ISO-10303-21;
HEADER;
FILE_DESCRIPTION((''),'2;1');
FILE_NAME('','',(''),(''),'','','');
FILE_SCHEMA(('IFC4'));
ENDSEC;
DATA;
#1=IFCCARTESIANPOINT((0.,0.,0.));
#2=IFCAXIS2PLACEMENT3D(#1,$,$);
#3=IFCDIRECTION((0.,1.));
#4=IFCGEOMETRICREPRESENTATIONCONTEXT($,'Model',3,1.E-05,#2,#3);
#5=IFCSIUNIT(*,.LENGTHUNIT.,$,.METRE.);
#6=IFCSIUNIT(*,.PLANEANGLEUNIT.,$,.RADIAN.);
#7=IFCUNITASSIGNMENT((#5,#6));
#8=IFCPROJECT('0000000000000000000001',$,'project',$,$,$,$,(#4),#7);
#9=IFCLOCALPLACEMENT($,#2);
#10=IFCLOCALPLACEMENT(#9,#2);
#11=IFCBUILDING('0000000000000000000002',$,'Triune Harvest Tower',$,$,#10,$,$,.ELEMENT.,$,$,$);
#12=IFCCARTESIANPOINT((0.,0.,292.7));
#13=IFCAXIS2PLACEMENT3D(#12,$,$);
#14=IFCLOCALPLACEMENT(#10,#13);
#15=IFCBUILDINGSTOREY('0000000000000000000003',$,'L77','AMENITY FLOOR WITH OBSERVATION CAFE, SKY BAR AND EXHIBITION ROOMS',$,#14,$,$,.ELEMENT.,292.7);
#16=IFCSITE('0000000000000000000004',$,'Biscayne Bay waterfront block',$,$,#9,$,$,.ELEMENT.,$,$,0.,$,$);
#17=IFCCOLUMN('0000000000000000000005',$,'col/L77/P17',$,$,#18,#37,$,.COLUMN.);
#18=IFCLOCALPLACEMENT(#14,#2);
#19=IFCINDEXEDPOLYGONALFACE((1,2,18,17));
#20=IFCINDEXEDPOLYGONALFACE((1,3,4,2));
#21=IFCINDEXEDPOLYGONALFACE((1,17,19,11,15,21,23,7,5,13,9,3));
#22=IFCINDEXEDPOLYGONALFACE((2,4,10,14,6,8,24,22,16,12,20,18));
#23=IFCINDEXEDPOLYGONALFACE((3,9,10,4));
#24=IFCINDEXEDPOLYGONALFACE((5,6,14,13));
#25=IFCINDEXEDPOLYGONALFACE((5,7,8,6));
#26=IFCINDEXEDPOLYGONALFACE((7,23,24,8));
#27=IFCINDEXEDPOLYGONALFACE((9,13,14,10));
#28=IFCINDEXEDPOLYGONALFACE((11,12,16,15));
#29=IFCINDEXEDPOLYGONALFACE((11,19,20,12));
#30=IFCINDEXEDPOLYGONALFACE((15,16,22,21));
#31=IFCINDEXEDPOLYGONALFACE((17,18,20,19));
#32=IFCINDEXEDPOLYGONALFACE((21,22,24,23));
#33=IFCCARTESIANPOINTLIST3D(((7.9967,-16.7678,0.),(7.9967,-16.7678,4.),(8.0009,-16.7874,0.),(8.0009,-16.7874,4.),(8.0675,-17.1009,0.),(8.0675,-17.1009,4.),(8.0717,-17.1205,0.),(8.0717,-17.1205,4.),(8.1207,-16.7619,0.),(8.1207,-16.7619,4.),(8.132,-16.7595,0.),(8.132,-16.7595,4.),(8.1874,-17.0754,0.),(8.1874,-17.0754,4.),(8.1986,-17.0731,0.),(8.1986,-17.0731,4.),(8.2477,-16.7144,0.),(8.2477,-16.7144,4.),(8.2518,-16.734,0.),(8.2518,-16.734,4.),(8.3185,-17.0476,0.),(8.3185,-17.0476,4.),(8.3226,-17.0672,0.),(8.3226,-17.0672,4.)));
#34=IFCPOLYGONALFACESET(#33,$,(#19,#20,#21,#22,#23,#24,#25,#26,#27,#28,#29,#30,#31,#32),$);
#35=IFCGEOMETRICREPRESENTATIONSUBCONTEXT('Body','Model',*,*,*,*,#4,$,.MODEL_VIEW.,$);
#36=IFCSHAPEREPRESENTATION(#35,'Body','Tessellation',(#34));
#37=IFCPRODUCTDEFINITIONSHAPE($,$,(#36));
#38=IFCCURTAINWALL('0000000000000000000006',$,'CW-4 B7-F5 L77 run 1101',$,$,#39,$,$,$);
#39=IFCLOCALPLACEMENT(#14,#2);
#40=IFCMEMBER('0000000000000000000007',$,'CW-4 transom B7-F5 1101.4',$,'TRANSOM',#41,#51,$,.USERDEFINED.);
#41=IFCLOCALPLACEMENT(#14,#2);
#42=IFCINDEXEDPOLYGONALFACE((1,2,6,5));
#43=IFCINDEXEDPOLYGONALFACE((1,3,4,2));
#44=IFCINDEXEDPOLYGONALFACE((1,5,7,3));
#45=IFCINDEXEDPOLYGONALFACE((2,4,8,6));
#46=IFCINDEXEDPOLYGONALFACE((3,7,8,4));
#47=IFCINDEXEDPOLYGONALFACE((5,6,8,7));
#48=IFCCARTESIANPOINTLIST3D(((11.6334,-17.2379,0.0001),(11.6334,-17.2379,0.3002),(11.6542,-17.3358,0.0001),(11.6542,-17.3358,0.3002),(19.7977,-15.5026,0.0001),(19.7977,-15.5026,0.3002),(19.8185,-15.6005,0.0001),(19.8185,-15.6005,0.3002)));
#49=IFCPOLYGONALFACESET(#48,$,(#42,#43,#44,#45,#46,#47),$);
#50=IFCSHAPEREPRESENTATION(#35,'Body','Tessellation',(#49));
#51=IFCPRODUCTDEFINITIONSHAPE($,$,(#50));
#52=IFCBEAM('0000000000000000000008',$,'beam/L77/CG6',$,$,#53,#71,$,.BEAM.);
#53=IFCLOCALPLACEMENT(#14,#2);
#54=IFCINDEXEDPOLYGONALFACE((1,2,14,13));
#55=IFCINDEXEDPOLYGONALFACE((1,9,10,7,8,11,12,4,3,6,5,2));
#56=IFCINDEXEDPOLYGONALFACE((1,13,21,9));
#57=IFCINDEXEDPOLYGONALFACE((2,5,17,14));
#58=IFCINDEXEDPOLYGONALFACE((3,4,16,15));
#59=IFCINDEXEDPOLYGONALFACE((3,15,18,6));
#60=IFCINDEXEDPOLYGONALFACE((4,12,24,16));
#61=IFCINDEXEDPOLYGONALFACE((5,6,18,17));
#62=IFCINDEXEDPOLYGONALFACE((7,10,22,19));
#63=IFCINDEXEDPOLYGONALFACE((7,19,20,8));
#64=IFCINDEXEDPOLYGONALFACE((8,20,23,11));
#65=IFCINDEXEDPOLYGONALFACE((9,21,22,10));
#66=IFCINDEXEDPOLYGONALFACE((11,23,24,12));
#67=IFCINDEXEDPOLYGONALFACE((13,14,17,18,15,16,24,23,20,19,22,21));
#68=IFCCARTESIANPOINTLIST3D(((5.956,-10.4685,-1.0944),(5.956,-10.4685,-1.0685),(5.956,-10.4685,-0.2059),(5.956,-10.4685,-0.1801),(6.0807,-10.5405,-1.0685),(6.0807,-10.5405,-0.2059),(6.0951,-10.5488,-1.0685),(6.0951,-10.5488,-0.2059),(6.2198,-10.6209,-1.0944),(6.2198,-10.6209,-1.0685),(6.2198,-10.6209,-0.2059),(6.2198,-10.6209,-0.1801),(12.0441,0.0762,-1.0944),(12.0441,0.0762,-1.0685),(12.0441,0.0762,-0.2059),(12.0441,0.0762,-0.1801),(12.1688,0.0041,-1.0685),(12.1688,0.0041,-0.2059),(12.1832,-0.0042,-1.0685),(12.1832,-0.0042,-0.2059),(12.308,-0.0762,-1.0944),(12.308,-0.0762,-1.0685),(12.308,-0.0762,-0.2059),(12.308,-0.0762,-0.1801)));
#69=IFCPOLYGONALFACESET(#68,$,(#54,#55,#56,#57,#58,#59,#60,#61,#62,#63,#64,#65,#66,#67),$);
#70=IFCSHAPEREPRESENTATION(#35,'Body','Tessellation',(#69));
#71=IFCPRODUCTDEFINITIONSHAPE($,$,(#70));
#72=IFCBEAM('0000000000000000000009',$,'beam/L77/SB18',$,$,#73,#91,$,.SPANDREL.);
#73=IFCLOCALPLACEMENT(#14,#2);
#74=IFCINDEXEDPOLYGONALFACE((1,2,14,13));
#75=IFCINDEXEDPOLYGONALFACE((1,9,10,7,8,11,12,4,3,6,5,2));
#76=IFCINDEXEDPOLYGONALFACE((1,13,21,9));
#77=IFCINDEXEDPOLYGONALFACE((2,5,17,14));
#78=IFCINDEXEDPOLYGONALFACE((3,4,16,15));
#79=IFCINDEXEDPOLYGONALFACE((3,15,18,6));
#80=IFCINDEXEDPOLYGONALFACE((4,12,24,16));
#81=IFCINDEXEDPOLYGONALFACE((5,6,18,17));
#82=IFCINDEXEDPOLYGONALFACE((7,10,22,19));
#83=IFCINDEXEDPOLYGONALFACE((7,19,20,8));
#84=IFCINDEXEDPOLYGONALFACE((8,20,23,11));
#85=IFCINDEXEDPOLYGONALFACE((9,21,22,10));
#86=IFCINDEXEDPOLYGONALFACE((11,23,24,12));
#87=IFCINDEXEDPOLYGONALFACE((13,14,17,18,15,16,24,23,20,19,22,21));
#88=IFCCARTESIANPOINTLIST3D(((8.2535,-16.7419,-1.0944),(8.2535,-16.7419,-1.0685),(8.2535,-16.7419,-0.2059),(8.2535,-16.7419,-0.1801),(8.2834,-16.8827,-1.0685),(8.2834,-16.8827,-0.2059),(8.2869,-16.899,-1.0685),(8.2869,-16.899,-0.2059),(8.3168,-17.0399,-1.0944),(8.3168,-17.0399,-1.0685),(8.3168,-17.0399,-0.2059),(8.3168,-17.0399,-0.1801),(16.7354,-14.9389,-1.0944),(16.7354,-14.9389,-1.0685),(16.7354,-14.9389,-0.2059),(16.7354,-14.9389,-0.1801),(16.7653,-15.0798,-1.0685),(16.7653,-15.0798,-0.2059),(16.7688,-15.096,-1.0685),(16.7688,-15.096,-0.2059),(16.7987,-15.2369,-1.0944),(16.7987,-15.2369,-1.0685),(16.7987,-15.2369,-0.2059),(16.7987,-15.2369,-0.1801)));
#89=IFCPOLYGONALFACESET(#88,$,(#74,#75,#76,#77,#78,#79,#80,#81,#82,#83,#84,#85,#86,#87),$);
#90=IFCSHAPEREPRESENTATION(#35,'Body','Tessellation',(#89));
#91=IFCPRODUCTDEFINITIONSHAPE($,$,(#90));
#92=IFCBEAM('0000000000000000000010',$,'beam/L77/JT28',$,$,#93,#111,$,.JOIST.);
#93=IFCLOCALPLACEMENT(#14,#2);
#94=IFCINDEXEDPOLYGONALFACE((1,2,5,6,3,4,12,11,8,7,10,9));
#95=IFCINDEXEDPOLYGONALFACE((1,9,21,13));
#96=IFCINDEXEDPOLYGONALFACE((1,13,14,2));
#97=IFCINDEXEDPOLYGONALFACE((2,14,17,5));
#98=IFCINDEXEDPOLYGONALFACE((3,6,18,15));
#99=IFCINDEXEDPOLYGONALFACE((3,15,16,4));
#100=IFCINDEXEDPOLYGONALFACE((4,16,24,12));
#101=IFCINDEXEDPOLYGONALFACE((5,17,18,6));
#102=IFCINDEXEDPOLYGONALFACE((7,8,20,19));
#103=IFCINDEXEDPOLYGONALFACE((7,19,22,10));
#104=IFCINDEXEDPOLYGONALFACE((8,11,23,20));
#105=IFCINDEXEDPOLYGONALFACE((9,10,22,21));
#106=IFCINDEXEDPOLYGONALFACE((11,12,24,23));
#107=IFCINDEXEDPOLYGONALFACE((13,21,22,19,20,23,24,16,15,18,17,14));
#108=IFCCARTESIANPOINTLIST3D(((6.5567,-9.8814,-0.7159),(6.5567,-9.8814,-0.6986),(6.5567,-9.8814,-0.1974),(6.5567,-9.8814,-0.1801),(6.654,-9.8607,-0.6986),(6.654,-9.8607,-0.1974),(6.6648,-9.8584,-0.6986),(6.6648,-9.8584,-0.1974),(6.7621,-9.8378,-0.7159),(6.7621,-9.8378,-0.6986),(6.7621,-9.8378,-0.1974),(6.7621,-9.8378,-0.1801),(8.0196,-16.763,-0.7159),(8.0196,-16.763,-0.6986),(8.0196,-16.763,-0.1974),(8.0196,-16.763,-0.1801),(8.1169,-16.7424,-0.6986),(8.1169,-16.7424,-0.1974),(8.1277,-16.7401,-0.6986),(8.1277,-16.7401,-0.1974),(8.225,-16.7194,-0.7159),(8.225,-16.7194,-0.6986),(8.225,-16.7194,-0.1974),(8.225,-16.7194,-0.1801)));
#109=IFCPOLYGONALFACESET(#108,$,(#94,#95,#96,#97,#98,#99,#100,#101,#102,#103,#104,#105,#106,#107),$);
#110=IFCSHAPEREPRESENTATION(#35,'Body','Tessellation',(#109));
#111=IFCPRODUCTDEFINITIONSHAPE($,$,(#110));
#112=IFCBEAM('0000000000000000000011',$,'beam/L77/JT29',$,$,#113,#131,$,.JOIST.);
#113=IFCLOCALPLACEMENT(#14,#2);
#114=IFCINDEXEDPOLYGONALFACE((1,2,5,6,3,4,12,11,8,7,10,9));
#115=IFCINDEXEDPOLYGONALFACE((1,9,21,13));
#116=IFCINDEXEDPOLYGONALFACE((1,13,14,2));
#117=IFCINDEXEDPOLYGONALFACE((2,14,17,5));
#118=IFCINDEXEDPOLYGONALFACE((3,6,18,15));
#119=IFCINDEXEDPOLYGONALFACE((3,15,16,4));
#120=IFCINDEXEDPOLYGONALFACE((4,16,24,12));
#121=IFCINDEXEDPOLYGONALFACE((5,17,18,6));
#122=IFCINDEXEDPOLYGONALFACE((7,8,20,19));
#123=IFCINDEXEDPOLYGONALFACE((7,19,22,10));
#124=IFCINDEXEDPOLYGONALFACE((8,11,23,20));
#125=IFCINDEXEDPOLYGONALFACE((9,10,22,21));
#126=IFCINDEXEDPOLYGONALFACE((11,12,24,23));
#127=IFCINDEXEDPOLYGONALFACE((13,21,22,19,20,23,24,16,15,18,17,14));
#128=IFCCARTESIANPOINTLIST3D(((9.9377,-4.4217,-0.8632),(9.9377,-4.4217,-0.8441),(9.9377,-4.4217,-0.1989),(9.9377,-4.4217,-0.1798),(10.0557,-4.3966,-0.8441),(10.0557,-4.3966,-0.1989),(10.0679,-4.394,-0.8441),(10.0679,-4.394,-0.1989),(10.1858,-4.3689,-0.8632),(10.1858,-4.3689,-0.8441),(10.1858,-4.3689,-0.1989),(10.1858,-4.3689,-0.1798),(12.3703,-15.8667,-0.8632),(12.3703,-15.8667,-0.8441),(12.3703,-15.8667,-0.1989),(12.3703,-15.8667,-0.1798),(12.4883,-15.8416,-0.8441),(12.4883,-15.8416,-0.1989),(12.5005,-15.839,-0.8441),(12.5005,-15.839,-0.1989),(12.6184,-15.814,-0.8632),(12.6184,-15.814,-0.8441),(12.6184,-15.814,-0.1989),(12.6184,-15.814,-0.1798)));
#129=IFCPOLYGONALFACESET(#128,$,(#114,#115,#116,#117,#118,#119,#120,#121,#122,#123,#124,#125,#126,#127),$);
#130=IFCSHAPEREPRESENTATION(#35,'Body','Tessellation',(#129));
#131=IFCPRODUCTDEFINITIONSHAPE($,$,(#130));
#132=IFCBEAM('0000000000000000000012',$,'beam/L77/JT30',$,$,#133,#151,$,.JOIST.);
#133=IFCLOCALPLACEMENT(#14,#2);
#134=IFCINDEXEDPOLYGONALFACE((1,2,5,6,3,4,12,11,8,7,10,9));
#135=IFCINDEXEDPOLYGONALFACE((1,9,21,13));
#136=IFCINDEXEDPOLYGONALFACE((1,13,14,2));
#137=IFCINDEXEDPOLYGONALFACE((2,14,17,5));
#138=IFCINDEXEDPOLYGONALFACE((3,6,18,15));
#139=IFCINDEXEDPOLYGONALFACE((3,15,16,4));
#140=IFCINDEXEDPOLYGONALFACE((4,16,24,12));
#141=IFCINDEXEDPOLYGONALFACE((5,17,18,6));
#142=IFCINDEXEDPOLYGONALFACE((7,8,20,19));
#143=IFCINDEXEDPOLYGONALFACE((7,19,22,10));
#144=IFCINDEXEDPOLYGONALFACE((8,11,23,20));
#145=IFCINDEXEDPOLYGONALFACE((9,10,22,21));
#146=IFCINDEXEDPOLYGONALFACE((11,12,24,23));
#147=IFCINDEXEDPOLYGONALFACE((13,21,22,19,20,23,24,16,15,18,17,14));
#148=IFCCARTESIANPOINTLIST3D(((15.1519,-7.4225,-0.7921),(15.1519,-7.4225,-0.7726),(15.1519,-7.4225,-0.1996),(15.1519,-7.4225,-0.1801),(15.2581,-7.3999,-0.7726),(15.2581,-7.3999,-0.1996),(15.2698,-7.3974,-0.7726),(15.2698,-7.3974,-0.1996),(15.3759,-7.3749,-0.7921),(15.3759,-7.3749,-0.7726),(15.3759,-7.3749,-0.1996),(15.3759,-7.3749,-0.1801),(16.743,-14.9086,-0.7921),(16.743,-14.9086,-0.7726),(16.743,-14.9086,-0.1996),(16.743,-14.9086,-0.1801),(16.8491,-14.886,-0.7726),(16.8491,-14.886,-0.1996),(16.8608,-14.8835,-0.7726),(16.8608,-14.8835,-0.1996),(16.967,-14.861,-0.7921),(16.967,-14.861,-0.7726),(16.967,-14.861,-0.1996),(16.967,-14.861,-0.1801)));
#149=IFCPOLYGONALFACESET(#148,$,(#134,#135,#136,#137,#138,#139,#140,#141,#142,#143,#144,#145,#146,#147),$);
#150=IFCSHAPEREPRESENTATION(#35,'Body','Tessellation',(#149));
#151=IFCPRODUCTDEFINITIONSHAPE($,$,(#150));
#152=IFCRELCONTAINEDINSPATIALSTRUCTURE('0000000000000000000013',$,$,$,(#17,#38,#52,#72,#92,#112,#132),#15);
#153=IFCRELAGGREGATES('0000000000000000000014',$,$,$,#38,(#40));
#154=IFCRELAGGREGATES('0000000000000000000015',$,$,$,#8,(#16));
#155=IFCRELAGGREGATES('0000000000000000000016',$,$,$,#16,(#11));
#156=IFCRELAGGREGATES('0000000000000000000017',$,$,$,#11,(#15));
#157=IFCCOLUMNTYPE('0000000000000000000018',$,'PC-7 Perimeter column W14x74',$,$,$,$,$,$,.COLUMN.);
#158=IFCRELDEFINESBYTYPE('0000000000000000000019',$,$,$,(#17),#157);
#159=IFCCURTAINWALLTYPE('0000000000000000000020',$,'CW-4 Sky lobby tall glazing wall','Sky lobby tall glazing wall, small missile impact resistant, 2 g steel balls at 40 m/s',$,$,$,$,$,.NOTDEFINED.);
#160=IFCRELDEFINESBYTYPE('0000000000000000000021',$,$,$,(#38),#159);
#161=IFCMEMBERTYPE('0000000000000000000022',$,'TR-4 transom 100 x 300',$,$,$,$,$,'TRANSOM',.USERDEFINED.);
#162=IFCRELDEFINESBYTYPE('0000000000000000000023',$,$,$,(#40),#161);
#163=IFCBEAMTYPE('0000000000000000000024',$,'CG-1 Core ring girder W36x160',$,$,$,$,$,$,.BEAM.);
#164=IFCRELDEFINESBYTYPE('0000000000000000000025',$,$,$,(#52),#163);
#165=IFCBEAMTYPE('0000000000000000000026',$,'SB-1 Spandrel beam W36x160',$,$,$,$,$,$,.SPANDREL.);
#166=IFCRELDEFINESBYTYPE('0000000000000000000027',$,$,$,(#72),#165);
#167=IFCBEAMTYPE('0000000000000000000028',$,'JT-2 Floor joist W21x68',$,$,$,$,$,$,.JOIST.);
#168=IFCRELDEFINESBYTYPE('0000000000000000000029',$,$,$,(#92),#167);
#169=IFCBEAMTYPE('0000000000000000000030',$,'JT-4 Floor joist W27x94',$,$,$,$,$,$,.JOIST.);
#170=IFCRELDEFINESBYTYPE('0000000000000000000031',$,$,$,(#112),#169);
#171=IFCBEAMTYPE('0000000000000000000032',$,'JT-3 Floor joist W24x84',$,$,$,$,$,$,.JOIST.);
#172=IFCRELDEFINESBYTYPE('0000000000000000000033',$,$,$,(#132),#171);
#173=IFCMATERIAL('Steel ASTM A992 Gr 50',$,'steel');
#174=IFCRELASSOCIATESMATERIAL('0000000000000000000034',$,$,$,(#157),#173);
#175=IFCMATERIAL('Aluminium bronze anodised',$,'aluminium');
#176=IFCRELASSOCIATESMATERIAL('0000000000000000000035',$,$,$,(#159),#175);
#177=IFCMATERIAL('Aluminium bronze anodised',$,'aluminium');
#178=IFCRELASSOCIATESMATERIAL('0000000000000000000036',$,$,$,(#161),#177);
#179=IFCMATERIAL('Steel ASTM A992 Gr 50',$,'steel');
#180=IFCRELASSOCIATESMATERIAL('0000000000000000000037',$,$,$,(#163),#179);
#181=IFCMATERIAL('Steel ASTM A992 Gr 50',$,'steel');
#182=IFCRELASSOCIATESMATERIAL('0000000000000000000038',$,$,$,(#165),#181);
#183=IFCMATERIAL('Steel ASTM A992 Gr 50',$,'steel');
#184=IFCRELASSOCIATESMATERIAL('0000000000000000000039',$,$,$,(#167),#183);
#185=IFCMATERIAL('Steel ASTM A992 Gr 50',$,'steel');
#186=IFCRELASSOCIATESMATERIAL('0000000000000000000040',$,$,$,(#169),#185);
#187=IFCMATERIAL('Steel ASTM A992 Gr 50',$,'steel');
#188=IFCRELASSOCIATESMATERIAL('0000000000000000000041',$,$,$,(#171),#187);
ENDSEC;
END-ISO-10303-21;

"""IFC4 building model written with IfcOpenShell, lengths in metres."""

from ifc_helpers import new_model, si_unit, direction, frame, origin, origin_2d, place, context, subcontext, project, spatial, rectangle, i_section, extrude, source, transform, mapped, material, material_profile, profile_set, type_object, element, aggregate, save


model = new_model("IFC4")

# Units and contexts
model_context = context("Model", 3, precision=1e-05, world=origin(), true_north=direction((0.0, 1.0)))
body_context = subcontext(model_context, "Body", "Model", "MODEL_VIEW")
ifc_project = project(units=[si_unit("LENGTHUNIT", "METRE"), si_unit("PLANEANGLEUNIT", "RADIAN")], contexts=[model_context])

# Site, building, storey
site_placement = place(None, origin())
site = spatial("IfcSite", under=ifc_project, at=site_placement, Name="Biscayne Bay waterfront block", CompositionType="ELEMENT", RefElevation=0.0)
building_placement = place(site_placement, origin())
building = spatial("IfcBuilding", under=site, at=building_placement, Name="Triune Harvest Tower", CompositionType="ELEMENT")
storey_placement = place(building_placement, frame((0.0, 0.0, 292.7)))
storey = spatial("IfcBuildingStorey", under=building, at=storey_placement, Name="L77", Description="AMENITY FLOOR WITH OBSERVATION CAFE, SKY BAR AND EXHIBITION ROOMS", CompositionType="ELEMENT", Elevation=292.7)

# Column
ifc_material_1 = material(Name="Steel ASTM A992 Gr 50", Category="steel")
ifc_material_profile_1 = material_profile(ifc_material_1, i_section(OverallWidth=0.2566, OverallDepth=0.3606, WebThickness=0.0115, FlangeThickness=0.02, at=origin_2d()), Name="W14x74")
ifc_profile_set_1 = profile_set([ifc_material_profile_1], Name="Steel ASTM A992 Gr 50")
column_type = type_object("IfcColumnType", Name="PC-7 Perimeter column W14x74", PredefinedType="COLUMN", material=ifc_profile_set_1)
shared_shape_1 = source(origin(), body_context, "Body", "SweptSolid", [
    extrude(i_section(OverallWidth=0.2566, OverallDepth=0.3606, WebThickness=0.0115, FlangeThickness=0.02, at=origin_2d()), origin(), (0.0, 0.0, 1.0), 4.0),
])
column_placement = place(storey_placement, frame((8.1597, -16.9175, 0.0), z_axis=(0.0, 0.0, 1.0), x_axis=(0.978147, 0.207913, 0.0)))
element("IfcColumn", 1, at=column_placement, inside=storey, type_object=column_type, Name="col/L77/P17", PredefinedType="COLUMN", context=body_context, shape_type="MappedRepresentation", body=[
    mapped(shared_shape_1, transform((0.0, 0.0, 0.0), scale=1.0)),
])

# Curtain wall, member
ifc_material_2 = material(Name="Aluminium bronze anodised", Category="aluminium")
curtain_wall_type = type_object("IfcCurtainWallType", Name="CW-4 Sky lobby tall glazing wall", Description="Sky lobby tall glazing wall, small missile impact resistant, 2 g steel balls at 40 m/s", PredefinedType="NOTDEFINED", material=ifc_material_2)
curtain_wall_placement = place(storey_placement, origin())
curtain_wall = element("IfcCurtainWall", 2, at=curtain_wall_placement, inside=storey, type_object=curtain_wall_type, Name="CW-4 B7-F5 L77 run 1101")
ifc_material_3 = material(Name="Aluminium bronze anodised", Category="aluminium")
ifc_material_profile_2 = material_profile(ifc_material_3, rectangle(XDim=0.1001, YDim=0.3, at=origin_2d()), Name="TR-4 transom 100 x 300")
ifc_profile_set_2 = profile_set([ifc_material_profile_2], Name="Aluminium bronze anodised")
member_type_1 = type_object("IfcMemberType", Name="TR-4 transom 100 x 300", ElementType="TRANSOM", PredefinedType="USERDEFINED", material=ifc_profile_set_2)
member_1_placement = place(storey_placement, frame((11.6438, -17.2869, 0.1501), z_axis=(0.978148, 0.207909, 0.0), x_axis=(-0.207909, 0.978148, 0.0)))
member_1 = element("IfcMember", 3, at=member_1_placement, type_object=member_type_1, Name="CW-4 transom B7-F5 1101.4", ObjectType="TRANSOM", PredefinedType="USERDEFINED", context=body_context, shape_type="SweptSolid", body=[
    extrude(rectangle(XDim=0.1001, YDim=0.3, at=origin_2d()), origin(), (0.0, 0.0, 1.0), 8.3467),
])

# Beams
ifc_material_4 = material(Name="Steel ASTM A992 Gr 50", Category="steel")
ifc_material_profile_3 = material_profile(ifc_material_4, i_section(OverallWidth=0.3047, OverallDepth=0.9143, WebThickness=0.0166, FlangeThickness=0.0259, at=origin_2d()), Name="W36x160")
ifc_profile_set_3 = profile_set([ifc_material_profile_3], Name="Steel ASTM A992 Gr 50")
beam_type_1 = type_object("IfcBeamType", Name="CG-1 Core ring girder W36x160", PredefinedType="BEAM", material=ifc_profile_set_3)
shared_shape_2 = source(origin(), body_context, "Body", "SweptSolid", [
    extrude(i_section(OverallWidth=0.3047, OverallDepth=0.9143, WebThickness=0.0166, FlangeThickness=0.0259, at=origin_2d()), origin(), (0.0, 0.0, 1.0), 12.176),
])
beam_1_placement = place(storey_placement, frame((6.0879, -10.5447, -0.6372), z_axis=(0.50001, 0.86602, 0.0), x_axis=(-0.86602, 0.50001, 0.0)))
element("IfcBeam", 4, at=beam_1_placement, inside=storey, type_object=beam_type_1, Name="beam/L77/CG6", PredefinedType="BEAM", context=body_context, shape_type="MappedRepresentation", body=[
    mapped(shared_shape_2, transform((0.0, 0.0, 0.0), scale=1.0)),
])
ifc_material_5 = material(Name="Steel ASTM A992 Gr 50", Category="steel")
ifc_material_profile_4 = material_profile(ifc_material_5, i_section(OverallWidth=0.3047, OverallDepth=0.9143, WebThickness=0.0166, FlangeThickness=0.0259, at=origin_2d()), Name="W36x160")
ifc_profile_set_4 = profile_set([ifc_material_profile_4], Name="Steel ASTM A992 Gr 50")
beam_type_2 = type_object("IfcBeamType", Name="SB-1 Spandrel beam W36x160", PredefinedType="SPANDREL", material=ifc_profile_set_4)
shared_shape_3 = source(origin(), body_context, "Body", "SweptSolid", [
    extrude(i_section(OverallWidth=0.3047, OverallDepth=0.9143, WebThickness=0.0166, FlangeThickness=0.0259, at=origin_2d()), origin(), (0.0, 0.0, 1.0), 8.6714),
])
beam_2_placement = place(storey_placement, frame((8.2852, -16.8909, -0.6372), z_axis=(0.978146, 0.207921, 0.0), x_axis=(-0.207921, 0.978146, 0.0)))
element("IfcBeam", 5, at=beam_2_placement, inside=storey, type_object=beam_type_2, Name="beam/L77/SB18", PredefinedType="SPANDREL", context=body_context, shape_type="MappedRepresentation", body=[
    mapped(shared_shape_3, transform((0.0, 0.0, 0.0), scale=1.0)),
])
ifc_material_6 = material(Name="Steel ASTM A992 Gr 50", Category="steel")
ifc_material_profile_5 = material_profile(ifc_material_6, i_section(OverallWidth=0.21, OverallDepth=0.5359, WebThickness=0.011, FlangeThickness=0.0173, at=origin_2d()), Name="W21x68")
ifc_profile_set_5 = profile_set([ifc_material_profile_5], Name="Steel ASTM A992 Gr 50")
beam_type_3 = type_object("IfcBeamType", Name="JT-2 Floor joist W21x68", PredefinedType="JOIST", material=ifc_profile_set_5)
shared_shape_4 = source(origin(), body_context, "Body", "SweptSolid", [
    extrude(i_section(OverallWidth=0.21, OverallDepth=0.5359, WebThickness=0.011, FlangeThickness=0.0173, at=origin_2d()), origin(), (0.0, 0.0, 1.0), 7.0354),
])
beam_3_placement = place(storey_placement, frame((8.1223, -16.7412, -0.448), z_axis=(-0.207934, 0.978143, 0.0), x_axis=(-0.978143, -0.207934, 0.0)))
element("IfcBeam", 6, at=beam_3_placement, inside=storey, type_object=beam_type_3, Name="beam/L77/JT28", PredefinedType="JOIST", context=body_context, shape_type="MappedRepresentation", body=[
    mapped(shared_shape_4, transform((0.0, 0.0, 0.0), scale=1.0)),
])
ifc_material_7 = material(Name="Steel ASTM A992 Gr 50", Category="steel")
ifc_material_profile_6 = material_profile(ifc_material_7, i_section(OverallWidth=0.2537, OverallDepth=0.6833, WebThickness=0.0125, FlangeThickness=0.019, at=origin_2d()), Name="W27x94")
ifc_profile_set_6 = profile_set([ifc_material_profile_6], Name="Steel ASTM A992 Gr 50")
beam_type_4 = type_object("IfcBeamType", Name="JT-4 Floor joist W27x94", PredefinedType="JOIST", material=ifc_profile_set_6)
shared_shape_5 = source(origin(), body_context, "Body", "SweptSolid", [
    extrude(i_section(OverallWidth=0.2537, OverallDepth=0.6833, WebThickness=0.0125, FlangeThickness=0.019, at=origin_2d()), origin(), (0.0, 0.0, 1.0), 11.7007),
])
beam_4_placement = place(storey_placement, frame((12.4944, -15.8403, -0.5215), z_axis=(-0.207903, 0.978149, 0.0), x_axis=(-0.978149, -0.207903, 0.0)))
element("IfcBeam", 7, at=beam_4_placement, inside=storey, type_object=beam_type_4, Name="beam/L77/JT29", PredefinedType="JOIST", context=body_context, shape_type="MappedRepresentation", body=[
    mapped(shared_shape_5, transform((0.0, 0.0, 0.0), scale=1.0)),
])
ifc_material_8 = material(Name="Steel ASTM A992 Gr 50", Category="steel")
ifc_material_profile_7 = material_profile(ifc_material_8, i_section(OverallWidth=0.229, OverallDepth=0.6121, WebThickness=0.012, FlangeThickness=0.0195, at=origin_2d()), Name="W24x84")
ifc_profile_set_7 = profile_set([ifc_material_profile_7], Name="Steel ASTM A992 Gr 50")
beam_type_5 = type_object("IfcBeamType", Name="JT-3 Floor joist W24x84", PredefinedType="JOIST", material=ifc_profile_set_7)
shared_shape_6 = source(origin(), body_context, "Body", "SweptSolid", [
    extrude(i_section(OverallWidth=0.229, OverallDepth=0.6121, WebThickness=0.012, FlangeThickness=0.0195, at=origin_2d()), origin(), (0.0, 0.0, 1.0), 7.6533),
])
beam_5_placement = place(storey_placement, frame((16.855, -14.8848, -0.4861), z_axis=(-0.207893, 0.978152, 0.0), x_axis=(-0.978152, -0.207893, 0.0)))
element("IfcBeam", 8, at=beam_5_placement, inside=storey, type_object=beam_type_5, Name="beam/L77/JT30", PredefinedType="JOIST", context=body_context, shape_type="MappedRepresentation", body=[
    mapped(shared_shape_6, transform((0.0, 0.0, 0.0), scale=1.0)),
])

aggregate(curtain_wall, [member_1])

save(model, "model.ifc")
